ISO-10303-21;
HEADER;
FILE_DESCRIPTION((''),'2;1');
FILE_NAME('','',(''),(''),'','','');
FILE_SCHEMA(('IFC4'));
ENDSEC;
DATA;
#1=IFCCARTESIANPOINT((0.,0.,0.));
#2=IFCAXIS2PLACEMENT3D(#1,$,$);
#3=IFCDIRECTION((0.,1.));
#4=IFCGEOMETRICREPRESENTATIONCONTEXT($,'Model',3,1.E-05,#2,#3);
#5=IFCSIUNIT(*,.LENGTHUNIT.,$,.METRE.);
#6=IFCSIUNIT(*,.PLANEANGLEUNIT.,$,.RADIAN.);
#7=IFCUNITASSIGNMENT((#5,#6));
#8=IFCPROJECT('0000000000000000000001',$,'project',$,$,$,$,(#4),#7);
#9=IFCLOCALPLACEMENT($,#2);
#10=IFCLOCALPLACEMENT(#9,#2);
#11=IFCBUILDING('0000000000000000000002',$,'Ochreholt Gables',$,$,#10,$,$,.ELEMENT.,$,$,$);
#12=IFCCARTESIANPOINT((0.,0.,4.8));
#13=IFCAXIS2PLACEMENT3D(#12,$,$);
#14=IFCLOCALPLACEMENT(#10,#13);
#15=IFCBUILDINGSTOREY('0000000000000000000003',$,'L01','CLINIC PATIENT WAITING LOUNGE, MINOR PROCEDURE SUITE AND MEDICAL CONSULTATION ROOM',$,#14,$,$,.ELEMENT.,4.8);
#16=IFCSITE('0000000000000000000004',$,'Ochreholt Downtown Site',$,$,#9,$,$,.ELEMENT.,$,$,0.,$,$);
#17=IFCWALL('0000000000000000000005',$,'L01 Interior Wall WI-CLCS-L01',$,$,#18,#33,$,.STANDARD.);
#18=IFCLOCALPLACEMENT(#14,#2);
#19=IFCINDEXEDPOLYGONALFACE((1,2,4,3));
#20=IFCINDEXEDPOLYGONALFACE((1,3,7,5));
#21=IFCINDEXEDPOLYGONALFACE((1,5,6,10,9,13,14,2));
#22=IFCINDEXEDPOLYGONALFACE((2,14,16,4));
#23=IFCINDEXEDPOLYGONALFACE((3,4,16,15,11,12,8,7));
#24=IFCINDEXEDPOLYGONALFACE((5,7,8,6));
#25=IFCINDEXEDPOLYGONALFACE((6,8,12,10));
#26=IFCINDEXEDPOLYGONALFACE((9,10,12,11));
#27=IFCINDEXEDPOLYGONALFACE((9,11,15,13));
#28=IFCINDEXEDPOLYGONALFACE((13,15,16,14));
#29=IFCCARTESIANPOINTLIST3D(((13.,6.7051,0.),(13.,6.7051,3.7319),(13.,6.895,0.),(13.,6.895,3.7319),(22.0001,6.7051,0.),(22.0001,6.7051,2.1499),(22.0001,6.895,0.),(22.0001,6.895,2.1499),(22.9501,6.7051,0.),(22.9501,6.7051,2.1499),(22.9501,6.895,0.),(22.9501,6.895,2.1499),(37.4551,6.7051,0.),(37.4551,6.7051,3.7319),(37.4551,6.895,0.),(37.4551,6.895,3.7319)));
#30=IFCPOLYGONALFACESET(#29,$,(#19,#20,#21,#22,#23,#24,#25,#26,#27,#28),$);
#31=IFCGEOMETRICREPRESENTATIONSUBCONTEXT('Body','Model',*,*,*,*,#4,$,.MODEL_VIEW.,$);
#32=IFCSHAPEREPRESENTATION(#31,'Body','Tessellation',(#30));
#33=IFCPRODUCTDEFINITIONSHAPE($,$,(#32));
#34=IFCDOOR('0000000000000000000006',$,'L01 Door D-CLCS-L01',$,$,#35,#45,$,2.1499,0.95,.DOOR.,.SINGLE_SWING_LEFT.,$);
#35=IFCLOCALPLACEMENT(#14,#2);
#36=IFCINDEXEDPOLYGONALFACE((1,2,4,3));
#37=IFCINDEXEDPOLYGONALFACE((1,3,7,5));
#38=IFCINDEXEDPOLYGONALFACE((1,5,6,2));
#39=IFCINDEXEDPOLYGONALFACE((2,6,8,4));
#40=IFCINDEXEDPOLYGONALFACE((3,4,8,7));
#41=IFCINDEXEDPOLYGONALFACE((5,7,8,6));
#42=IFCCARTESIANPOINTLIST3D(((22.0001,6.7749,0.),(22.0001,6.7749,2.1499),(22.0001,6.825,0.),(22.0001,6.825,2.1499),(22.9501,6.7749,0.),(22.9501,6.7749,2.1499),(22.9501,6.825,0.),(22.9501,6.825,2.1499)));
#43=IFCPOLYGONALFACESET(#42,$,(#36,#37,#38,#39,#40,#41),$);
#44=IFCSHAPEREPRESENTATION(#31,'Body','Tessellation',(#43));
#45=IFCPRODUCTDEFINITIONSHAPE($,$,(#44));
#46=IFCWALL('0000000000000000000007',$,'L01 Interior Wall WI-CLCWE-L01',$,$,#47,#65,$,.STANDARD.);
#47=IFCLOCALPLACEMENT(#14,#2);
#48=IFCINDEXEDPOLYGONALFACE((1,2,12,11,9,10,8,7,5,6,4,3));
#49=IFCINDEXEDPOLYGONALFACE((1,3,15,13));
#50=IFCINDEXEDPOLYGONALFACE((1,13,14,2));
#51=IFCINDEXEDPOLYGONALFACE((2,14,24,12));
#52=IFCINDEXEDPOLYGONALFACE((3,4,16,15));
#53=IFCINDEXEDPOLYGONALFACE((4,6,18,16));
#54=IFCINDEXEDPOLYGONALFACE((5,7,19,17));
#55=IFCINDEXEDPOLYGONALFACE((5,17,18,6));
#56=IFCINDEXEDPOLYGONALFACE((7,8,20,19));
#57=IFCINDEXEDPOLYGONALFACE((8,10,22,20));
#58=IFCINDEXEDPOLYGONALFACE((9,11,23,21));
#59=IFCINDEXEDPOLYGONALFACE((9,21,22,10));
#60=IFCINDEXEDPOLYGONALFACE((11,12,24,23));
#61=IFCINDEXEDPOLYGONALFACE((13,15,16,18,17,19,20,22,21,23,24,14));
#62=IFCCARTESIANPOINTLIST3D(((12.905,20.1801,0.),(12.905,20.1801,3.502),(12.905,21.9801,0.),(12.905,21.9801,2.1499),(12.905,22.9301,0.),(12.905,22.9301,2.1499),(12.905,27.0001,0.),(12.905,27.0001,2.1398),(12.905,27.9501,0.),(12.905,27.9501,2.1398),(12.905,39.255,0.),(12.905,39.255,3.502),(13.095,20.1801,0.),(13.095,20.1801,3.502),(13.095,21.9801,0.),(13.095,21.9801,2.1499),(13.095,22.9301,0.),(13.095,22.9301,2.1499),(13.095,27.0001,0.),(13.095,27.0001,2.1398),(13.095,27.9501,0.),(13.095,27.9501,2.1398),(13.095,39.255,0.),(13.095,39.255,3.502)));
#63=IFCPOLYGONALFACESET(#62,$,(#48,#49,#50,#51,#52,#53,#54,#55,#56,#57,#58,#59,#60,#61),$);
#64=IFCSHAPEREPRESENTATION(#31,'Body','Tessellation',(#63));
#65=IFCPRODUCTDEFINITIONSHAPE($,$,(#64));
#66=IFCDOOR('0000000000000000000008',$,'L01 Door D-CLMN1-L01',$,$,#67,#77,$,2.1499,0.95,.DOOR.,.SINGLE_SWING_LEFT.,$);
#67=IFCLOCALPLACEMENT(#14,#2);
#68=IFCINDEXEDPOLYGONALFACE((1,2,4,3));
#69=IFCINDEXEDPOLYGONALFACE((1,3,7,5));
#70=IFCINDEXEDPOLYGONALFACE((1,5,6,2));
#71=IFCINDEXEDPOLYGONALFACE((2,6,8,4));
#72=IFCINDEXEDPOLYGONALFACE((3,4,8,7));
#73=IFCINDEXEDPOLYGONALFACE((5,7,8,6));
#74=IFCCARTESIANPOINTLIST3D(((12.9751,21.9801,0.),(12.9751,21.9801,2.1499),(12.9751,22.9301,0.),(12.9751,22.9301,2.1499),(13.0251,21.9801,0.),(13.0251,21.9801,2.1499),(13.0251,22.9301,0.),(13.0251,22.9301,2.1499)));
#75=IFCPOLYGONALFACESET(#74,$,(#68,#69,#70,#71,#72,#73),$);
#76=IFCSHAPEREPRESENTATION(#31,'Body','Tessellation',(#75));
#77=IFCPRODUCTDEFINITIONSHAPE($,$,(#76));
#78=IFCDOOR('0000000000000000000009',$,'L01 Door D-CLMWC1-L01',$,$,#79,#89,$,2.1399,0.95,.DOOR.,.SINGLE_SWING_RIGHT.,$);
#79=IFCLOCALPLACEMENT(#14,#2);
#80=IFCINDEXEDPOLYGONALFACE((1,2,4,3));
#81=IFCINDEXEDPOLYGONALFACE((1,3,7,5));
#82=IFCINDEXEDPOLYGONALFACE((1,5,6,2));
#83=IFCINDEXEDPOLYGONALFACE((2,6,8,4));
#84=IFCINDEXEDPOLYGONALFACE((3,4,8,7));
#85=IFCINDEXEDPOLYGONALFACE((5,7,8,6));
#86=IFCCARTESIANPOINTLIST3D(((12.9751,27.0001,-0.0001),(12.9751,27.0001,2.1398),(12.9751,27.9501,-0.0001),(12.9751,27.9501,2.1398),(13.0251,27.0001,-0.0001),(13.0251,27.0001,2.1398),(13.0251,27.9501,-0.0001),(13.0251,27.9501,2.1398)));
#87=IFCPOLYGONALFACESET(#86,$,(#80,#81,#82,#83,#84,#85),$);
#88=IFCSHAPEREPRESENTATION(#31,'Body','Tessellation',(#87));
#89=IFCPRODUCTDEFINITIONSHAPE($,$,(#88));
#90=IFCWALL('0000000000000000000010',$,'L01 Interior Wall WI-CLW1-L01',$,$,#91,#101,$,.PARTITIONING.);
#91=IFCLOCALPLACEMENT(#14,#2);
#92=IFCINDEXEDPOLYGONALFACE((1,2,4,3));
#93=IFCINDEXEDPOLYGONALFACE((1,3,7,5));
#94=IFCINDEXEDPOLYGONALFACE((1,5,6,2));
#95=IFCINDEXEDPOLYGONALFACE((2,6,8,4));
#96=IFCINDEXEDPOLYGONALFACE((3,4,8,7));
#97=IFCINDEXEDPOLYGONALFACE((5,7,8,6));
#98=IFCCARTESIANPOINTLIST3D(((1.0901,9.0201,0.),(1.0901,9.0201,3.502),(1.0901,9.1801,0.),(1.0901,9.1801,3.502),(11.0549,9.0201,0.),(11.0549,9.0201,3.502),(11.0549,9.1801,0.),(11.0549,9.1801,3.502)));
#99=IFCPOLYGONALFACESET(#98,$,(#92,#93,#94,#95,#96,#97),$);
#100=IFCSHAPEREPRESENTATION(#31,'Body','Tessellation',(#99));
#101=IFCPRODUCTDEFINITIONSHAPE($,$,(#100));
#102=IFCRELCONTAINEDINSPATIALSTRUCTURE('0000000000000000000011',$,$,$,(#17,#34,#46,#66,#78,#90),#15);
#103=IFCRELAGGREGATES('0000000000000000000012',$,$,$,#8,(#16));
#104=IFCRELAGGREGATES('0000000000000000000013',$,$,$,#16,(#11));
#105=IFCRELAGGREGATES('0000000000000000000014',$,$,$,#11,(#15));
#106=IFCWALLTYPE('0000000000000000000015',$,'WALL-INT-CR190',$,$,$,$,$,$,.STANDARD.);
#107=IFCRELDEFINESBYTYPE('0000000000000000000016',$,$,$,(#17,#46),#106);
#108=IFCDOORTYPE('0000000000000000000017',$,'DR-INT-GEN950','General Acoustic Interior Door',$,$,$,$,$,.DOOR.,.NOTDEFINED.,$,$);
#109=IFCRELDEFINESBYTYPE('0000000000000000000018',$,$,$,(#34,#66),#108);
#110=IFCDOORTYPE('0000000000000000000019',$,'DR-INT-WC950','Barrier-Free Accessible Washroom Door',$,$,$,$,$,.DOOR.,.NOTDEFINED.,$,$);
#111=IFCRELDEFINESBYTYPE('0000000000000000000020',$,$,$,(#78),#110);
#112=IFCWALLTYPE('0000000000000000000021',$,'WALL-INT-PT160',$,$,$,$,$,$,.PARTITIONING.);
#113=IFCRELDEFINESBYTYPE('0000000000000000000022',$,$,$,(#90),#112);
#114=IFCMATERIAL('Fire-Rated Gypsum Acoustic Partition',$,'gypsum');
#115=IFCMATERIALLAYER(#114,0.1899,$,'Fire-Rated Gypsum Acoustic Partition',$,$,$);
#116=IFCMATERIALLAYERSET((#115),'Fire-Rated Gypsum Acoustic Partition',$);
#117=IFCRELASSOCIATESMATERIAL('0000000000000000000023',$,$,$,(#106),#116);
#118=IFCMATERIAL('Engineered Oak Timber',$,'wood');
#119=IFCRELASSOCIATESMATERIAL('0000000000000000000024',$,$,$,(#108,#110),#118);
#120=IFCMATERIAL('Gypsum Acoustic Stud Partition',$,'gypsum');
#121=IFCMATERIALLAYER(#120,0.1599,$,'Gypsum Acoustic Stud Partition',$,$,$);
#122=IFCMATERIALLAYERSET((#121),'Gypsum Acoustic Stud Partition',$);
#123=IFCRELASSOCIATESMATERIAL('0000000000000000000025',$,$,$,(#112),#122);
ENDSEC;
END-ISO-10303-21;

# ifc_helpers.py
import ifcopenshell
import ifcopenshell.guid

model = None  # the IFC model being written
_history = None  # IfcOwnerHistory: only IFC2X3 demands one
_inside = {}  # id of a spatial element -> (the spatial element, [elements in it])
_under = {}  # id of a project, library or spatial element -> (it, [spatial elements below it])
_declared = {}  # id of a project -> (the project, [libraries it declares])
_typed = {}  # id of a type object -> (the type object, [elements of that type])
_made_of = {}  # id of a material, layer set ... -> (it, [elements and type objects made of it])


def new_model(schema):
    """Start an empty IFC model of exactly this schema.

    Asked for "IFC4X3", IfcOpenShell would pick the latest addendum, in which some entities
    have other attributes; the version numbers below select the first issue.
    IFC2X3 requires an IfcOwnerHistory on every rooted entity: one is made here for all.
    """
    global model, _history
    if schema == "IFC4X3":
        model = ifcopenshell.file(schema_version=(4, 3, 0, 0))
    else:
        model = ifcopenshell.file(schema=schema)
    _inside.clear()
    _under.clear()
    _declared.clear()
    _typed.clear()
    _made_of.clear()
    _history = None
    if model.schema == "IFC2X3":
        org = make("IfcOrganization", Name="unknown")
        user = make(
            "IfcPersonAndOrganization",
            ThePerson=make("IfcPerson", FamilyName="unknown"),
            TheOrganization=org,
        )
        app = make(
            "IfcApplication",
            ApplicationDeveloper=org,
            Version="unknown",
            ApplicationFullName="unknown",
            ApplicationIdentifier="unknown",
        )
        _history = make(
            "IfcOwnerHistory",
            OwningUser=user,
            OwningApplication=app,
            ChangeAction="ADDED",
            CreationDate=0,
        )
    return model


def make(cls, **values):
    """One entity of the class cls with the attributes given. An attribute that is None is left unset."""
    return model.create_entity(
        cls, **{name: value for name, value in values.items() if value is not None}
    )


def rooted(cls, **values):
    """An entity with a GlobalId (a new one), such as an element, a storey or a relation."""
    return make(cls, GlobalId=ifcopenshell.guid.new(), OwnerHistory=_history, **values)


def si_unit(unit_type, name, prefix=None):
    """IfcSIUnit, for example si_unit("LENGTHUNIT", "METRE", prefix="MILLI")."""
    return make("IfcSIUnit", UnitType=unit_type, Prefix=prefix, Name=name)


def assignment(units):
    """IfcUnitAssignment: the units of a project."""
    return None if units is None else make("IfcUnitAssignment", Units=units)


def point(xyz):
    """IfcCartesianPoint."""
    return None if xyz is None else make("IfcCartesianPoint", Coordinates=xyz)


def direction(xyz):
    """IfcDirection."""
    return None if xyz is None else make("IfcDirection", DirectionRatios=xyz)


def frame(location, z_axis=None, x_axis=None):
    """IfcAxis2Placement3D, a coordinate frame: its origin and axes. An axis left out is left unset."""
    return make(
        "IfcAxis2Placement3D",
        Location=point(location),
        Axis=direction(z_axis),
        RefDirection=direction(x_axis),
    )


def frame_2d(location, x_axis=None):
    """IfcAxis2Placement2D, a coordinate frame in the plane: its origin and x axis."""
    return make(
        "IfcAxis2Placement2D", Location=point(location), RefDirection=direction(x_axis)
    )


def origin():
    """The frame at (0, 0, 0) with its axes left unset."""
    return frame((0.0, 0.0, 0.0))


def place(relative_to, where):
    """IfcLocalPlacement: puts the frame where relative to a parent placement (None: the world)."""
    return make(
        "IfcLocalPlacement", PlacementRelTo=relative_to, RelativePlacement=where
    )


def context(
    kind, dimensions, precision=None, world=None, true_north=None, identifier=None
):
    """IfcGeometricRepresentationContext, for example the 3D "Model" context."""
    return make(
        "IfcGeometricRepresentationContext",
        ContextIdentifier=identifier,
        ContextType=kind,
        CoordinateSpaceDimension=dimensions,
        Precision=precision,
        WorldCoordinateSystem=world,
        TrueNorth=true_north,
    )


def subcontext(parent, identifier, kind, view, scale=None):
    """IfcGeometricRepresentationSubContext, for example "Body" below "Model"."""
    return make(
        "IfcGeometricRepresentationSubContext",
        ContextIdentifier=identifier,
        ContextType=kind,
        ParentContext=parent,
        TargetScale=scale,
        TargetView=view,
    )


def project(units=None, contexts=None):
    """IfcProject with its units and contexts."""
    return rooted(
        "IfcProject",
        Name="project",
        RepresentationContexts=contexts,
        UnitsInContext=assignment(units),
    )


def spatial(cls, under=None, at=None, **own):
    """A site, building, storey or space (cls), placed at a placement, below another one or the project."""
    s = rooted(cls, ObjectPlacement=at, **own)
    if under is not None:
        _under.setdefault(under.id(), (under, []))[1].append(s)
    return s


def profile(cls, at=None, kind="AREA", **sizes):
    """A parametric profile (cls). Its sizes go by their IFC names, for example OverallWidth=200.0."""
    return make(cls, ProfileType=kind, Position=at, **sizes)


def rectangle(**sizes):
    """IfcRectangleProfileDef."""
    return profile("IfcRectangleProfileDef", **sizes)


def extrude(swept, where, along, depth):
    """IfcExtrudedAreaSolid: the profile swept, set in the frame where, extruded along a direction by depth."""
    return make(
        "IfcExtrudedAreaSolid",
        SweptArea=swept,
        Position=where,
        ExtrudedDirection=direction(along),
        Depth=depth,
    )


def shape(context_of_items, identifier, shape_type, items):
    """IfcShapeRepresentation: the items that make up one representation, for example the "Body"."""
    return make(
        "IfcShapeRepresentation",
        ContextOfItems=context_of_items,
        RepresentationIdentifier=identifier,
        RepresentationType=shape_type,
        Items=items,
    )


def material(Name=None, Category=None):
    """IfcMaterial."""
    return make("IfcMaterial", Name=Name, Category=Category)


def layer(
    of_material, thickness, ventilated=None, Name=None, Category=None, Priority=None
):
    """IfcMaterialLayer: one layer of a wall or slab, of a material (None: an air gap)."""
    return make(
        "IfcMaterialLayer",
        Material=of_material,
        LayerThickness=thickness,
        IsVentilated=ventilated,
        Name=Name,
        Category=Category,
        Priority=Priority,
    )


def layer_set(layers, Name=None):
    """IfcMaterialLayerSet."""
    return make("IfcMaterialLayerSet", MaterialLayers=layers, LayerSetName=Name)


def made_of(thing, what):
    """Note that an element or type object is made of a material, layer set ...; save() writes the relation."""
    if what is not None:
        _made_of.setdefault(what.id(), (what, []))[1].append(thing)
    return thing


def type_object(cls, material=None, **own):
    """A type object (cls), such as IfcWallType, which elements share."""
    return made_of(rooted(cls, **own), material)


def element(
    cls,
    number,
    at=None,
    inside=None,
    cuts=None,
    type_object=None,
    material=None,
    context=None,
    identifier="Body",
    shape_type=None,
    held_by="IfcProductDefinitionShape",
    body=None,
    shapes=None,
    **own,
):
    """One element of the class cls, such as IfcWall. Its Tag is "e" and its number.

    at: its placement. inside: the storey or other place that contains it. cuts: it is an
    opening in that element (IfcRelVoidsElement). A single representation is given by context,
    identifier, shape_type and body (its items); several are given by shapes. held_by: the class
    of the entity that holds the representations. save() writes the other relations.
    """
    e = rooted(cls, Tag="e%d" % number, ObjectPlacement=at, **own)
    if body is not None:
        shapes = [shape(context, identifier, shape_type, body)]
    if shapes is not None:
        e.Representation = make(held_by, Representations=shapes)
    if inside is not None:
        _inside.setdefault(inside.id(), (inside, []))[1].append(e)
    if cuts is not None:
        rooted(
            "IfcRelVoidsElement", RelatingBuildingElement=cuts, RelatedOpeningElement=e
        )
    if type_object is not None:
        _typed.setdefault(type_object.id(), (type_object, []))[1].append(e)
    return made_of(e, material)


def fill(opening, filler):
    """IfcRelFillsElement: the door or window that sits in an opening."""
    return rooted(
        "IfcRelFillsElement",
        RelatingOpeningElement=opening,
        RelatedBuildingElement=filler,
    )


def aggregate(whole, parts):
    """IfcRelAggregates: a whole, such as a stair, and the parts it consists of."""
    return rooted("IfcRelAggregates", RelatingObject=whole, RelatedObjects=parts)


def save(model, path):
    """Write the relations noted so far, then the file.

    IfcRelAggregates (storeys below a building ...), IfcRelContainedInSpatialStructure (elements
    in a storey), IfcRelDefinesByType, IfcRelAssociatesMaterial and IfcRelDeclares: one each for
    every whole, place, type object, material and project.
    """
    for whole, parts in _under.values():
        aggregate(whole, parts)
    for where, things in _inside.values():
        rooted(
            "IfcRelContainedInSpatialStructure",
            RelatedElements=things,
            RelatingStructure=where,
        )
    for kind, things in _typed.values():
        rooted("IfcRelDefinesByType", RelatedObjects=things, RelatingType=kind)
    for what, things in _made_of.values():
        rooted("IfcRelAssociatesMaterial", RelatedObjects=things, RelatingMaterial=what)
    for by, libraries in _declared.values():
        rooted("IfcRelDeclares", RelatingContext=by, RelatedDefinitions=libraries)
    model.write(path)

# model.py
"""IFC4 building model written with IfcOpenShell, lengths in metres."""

from ifc_helpers import new_model, si_unit, direction, frame, frame_2d, origin, place, context, subcontext, project, spatial, rectangle, extrude, material, layer, layer_set, type_object, element, fill, save


model = new_model("IFC4")

# Units and contexts
model_context = context("Model", 3, precision=1e-05, world=origin(), true_north=direction((0.0, 1.0)))
body_context = subcontext(model_context, "Body", "Model", "MODEL_VIEW")
ifc_project = project(units=[si_unit("LENGTHUNIT", "METRE"), si_unit("PLANEANGLEUNIT", "RADIAN")], contexts=[model_context])

# Site, building, storey
site_placement = place(None, origin())
site = spatial("IfcSite", under=ifc_project, at=site_placement, Name="Ochreholt Downtown Site", CompositionType="ELEMENT", RefElevation=0.0)
building_placement = place(site_placement, origin())
building = spatial("IfcBuilding", under=site, at=building_placement, Name="Ochreholt Gables", CompositionType="ELEMENT")
storey_placement = place(building_placement, frame((0.0, 0.0, 4.8)))
storey = spatial("IfcBuildingStorey", under=building, at=storey_placement, Name="L01", Description="CLINIC PATIENT WAITING LOUNGE, MINOR PROCEDURE SUITE AND MEDICAL CONSULTATION ROOM", CompositionType="ELEMENT", Elevation=4.8)

# Wall, opening, door
ifc_material_1 = material(Name="Fire-Rated Gypsum Acoustic Partition", Category="gypsum")
ifc_layer_1 = layer(ifc_material_1, 0.1899, Name="Fire-Rated Gypsum Acoustic Partition")
ifc_layer_set_1 = layer_set([ifc_layer_1], Name="Fire-Rated Gypsum Acoustic Partition")
wall_type_1 = type_object("IfcWallType", Name="WALL-INT-CR190", PredefinedType="STANDARD", material=ifc_layer_set_1)
wall_1_placement = place(storey_placement, frame((13.0, 6.8, 0.0), z_axis=(0.0, 0.0, 1.0), x_axis=(1.0, 0.0, 0.0)))
wall_1 = element("IfcWall", 1, at=wall_1_placement, inside=storey, type_object=wall_type_1, Name="L01 Interior Wall WI-CLCS-L01", PredefinedType="STANDARD", context=body_context, shape_type="SweptSolid", body=[
    extrude(rectangle(XDim=24.4551, YDim=0.1899, at=frame_2d((12.2275, 0.0))), origin(), (0.0, 0.0, 1.0), 3.7319),
])
opening_1_placement = place(wall_1_placement, frame((9.0, 0.0, 0.0)))
opening_1 = element("IfcOpeningElement", 2, at=opening_1_placement, cuts=wall_1, PredefinedType="OPENING", context=body_context, shape_type="SweptSolid", body=[
    extrude(rectangle(XDim=0.95, YDim=2.1499, at=frame_2d((0.4751, 1.075))), frame((0.0, 0.105, 0.0), z_axis=(0.0, -1.0, 0.0), x_axis=(1.0, 0.0, 0.0)), (0.0, 0.0, 1.0), 0.21),
])
ifc_material_2 = material(Name="Engineered Oak Timber", Category="wood")
door_type_1 = type_object("IfcDoorType", Name="DR-INT-GEN950", Description="General Acoustic Interior Door", OperationType="NOTDEFINED", PredefinedType="DOOR", material=ifc_material_2)
door_1_placement = place(opening_1_placement, origin())
door_1 = element("IfcDoor", 3, at=door_1_placement, inside=storey, type_object=door_type_1, Name="L01 Door D-CLCS-L01", OperationType="SINGLE_SWING_LEFT", OverallHeight=2.1499, OverallWidth=0.95, PredefinedType="DOOR", context=body_context, shape_type="SweptSolid", body=[
    extrude(rectangle(XDim=0.95, YDim=2.1499, at=frame_2d((0.4751, 1.075))), frame((0.0, 0.0249, 0.0), z_axis=(0.0, -1.0, 0.0), x_axis=(1.0, 0.0, 0.0)), (0.0, 0.0, 1.0), 0.05),
])
fill(opening_1, door_1)

# Wall, openings, doors
wall_2_placement = place(storey_placement, frame((13.0, 20.1799, 0.0), z_axis=(0.0, 0.0, 1.0), x_axis=(0.0, 1.0, 0.0)))
wall_2 = element("IfcWall", 4, at=wall_2_placement, inside=storey, type_object=wall_type_1, Name="L01 Interior Wall WI-CLCWE-L01", PredefinedType="STANDARD", context=body_context, shape_type="SweptSolid", body=[
    extrude(rectangle(XDim=19.075, YDim=0.1899, at=frame_2d((9.5376, 0.0))), origin(), (0.0, 0.0, 1.0), 3.502),
])
opening_2_placement = place(wall_2_placement, frame((1.8, 0.0, 0.0)))
opening_2 = element("IfcOpeningElement", 5, at=opening_2_placement, cuts=wall_2, PredefinedType="OPENING", context=body_context, shape_type="SweptSolid", body=[
    extrude(rectangle(XDim=0.95, YDim=2.1499, at=frame_2d((0.4751, 1.075))), frame((0.0, 0.105, 0.0), z_axis=(0.0, -1.0, 0.0), x_axis=(1.0, 0.0, 0.0)), (0.0, 0.0, 1.0), 0.21),
])
opening_3_placement = place(wall_2_placement, frame((6.8201, 0.0, 0.0)))
opening_3 = element("IfcOpeningElement", 6, at=opening_3_placement, cuts=wall_2, PredefinedType="OPENING", context=body_context, shape_type="SweptSolid", body=[
    extrude(rectangle(XDim=0.95, YDim=2.1399, at=frame_2d((0.4751, 1.0698))), frame((0.0, 0.105, 0.0), z_axis=(0.0, -1.0, 0.0), x_axis=(1.0, 0.0, 0.0)), (0.0, 0.0, 1.0), 0.21),
])
door_2_placement = place(opening_2_placement, origin())
door_2 = element("IfcDoor", 7, at=door_2_placement, inside=storey, type_object=door_type_1, Name="L01 Door D-CLMN1-L01", OperationType="SINGLE_SWING_LEFT", OverallHeight=2.1499, OverallWidth=0.95, PredefinedType="DOOR", context=body_context, shape_type="SweptSolid", body=[
    extrude(rectangle(XDim=0.95, YDim=2.1499, at=frame_2d((0.4751, 1.075))), frame((0.0, 0.0249, 0.0), z_axis=(0.0, -1.0, 0.0), x_axis=(1.0, 0.0, 0.0)), (0.0, 0.0, 1.0), 0.05),
])
fill(opening_2, door_2)
door_type_2 = type_object("IfcDoorType", Name="DR-INT-WC950", Description="Barrier-Free Accessible Washroom Door", OperationType="NOTDEFINED", PredefinedType="DOOR", material=ifc_material_2)
door_3_placement = place(opening_3_placement, origin())
door_3 = element("IfcDoor", 8, at=door_3_placement, inside=storey, type_object=door_type_2, Name="L01 Door D-CLMWC1-L01", OperationType="SINGLE_SWING_RIGHT", OverallHeight=2.1399, OverallWidth=0.95, PredefinedType="DOOR", context=body_context, shape_type="SweptSolid", body=[
    extrude(rectangle(XDim=0.95, YDim=2.1399, at=frame_2d((0.4751, 1.0698))), frame((0.0, 0.0249, 0.0), z_axis=(0.0, -1.0, 0.0), x_axis=(1.0, 0.0, 0.0)), (0.0, 0.0, 1.0), 0.05),
])
fill(opening_3, door_3)

# Wall
ifc_material_3 = material(Name="Gypsum Acoustic Stud Partition", Category="gypsum")
ifc_layer_2 = layer(ifc_material_3, 0.1599, Name="Gypsum Acoustic Stud Partition")
ifc_layer_set_2 = layer_set([ifc_layer_2], Name="Gypsum Acoustic Stud Partition")
wall_type_2 = type_object("IfcWallType", Name="WALL-INT-PT160", PredefinedType="PARTITIONING", material=ifc_layer_set_2)
wall_3_placement = place(storey_placement, frame((1.0901, 9.1001, 0.0), z_axis=(0.0, 0.0, 1.0), x_axis=(1.0, 0.0, 0.0)))
element("IfcWall", 9, at=wall_3_placement, inside=storey, type_object=wall_type_2, Name="L01 Interior Wall WI-CLW1-L01", PredefinedType="PARTITIONING", context=body_context, shape_type="SweptSolid", body=[
    extrude(rectangle(XDim=9.9648, YDim=0.1599, at=frame_2d((4.9824, 0.0))), origin(), (0.0, 0.0, 1.0), 3.502),
])

save(model, "model.ifc")
